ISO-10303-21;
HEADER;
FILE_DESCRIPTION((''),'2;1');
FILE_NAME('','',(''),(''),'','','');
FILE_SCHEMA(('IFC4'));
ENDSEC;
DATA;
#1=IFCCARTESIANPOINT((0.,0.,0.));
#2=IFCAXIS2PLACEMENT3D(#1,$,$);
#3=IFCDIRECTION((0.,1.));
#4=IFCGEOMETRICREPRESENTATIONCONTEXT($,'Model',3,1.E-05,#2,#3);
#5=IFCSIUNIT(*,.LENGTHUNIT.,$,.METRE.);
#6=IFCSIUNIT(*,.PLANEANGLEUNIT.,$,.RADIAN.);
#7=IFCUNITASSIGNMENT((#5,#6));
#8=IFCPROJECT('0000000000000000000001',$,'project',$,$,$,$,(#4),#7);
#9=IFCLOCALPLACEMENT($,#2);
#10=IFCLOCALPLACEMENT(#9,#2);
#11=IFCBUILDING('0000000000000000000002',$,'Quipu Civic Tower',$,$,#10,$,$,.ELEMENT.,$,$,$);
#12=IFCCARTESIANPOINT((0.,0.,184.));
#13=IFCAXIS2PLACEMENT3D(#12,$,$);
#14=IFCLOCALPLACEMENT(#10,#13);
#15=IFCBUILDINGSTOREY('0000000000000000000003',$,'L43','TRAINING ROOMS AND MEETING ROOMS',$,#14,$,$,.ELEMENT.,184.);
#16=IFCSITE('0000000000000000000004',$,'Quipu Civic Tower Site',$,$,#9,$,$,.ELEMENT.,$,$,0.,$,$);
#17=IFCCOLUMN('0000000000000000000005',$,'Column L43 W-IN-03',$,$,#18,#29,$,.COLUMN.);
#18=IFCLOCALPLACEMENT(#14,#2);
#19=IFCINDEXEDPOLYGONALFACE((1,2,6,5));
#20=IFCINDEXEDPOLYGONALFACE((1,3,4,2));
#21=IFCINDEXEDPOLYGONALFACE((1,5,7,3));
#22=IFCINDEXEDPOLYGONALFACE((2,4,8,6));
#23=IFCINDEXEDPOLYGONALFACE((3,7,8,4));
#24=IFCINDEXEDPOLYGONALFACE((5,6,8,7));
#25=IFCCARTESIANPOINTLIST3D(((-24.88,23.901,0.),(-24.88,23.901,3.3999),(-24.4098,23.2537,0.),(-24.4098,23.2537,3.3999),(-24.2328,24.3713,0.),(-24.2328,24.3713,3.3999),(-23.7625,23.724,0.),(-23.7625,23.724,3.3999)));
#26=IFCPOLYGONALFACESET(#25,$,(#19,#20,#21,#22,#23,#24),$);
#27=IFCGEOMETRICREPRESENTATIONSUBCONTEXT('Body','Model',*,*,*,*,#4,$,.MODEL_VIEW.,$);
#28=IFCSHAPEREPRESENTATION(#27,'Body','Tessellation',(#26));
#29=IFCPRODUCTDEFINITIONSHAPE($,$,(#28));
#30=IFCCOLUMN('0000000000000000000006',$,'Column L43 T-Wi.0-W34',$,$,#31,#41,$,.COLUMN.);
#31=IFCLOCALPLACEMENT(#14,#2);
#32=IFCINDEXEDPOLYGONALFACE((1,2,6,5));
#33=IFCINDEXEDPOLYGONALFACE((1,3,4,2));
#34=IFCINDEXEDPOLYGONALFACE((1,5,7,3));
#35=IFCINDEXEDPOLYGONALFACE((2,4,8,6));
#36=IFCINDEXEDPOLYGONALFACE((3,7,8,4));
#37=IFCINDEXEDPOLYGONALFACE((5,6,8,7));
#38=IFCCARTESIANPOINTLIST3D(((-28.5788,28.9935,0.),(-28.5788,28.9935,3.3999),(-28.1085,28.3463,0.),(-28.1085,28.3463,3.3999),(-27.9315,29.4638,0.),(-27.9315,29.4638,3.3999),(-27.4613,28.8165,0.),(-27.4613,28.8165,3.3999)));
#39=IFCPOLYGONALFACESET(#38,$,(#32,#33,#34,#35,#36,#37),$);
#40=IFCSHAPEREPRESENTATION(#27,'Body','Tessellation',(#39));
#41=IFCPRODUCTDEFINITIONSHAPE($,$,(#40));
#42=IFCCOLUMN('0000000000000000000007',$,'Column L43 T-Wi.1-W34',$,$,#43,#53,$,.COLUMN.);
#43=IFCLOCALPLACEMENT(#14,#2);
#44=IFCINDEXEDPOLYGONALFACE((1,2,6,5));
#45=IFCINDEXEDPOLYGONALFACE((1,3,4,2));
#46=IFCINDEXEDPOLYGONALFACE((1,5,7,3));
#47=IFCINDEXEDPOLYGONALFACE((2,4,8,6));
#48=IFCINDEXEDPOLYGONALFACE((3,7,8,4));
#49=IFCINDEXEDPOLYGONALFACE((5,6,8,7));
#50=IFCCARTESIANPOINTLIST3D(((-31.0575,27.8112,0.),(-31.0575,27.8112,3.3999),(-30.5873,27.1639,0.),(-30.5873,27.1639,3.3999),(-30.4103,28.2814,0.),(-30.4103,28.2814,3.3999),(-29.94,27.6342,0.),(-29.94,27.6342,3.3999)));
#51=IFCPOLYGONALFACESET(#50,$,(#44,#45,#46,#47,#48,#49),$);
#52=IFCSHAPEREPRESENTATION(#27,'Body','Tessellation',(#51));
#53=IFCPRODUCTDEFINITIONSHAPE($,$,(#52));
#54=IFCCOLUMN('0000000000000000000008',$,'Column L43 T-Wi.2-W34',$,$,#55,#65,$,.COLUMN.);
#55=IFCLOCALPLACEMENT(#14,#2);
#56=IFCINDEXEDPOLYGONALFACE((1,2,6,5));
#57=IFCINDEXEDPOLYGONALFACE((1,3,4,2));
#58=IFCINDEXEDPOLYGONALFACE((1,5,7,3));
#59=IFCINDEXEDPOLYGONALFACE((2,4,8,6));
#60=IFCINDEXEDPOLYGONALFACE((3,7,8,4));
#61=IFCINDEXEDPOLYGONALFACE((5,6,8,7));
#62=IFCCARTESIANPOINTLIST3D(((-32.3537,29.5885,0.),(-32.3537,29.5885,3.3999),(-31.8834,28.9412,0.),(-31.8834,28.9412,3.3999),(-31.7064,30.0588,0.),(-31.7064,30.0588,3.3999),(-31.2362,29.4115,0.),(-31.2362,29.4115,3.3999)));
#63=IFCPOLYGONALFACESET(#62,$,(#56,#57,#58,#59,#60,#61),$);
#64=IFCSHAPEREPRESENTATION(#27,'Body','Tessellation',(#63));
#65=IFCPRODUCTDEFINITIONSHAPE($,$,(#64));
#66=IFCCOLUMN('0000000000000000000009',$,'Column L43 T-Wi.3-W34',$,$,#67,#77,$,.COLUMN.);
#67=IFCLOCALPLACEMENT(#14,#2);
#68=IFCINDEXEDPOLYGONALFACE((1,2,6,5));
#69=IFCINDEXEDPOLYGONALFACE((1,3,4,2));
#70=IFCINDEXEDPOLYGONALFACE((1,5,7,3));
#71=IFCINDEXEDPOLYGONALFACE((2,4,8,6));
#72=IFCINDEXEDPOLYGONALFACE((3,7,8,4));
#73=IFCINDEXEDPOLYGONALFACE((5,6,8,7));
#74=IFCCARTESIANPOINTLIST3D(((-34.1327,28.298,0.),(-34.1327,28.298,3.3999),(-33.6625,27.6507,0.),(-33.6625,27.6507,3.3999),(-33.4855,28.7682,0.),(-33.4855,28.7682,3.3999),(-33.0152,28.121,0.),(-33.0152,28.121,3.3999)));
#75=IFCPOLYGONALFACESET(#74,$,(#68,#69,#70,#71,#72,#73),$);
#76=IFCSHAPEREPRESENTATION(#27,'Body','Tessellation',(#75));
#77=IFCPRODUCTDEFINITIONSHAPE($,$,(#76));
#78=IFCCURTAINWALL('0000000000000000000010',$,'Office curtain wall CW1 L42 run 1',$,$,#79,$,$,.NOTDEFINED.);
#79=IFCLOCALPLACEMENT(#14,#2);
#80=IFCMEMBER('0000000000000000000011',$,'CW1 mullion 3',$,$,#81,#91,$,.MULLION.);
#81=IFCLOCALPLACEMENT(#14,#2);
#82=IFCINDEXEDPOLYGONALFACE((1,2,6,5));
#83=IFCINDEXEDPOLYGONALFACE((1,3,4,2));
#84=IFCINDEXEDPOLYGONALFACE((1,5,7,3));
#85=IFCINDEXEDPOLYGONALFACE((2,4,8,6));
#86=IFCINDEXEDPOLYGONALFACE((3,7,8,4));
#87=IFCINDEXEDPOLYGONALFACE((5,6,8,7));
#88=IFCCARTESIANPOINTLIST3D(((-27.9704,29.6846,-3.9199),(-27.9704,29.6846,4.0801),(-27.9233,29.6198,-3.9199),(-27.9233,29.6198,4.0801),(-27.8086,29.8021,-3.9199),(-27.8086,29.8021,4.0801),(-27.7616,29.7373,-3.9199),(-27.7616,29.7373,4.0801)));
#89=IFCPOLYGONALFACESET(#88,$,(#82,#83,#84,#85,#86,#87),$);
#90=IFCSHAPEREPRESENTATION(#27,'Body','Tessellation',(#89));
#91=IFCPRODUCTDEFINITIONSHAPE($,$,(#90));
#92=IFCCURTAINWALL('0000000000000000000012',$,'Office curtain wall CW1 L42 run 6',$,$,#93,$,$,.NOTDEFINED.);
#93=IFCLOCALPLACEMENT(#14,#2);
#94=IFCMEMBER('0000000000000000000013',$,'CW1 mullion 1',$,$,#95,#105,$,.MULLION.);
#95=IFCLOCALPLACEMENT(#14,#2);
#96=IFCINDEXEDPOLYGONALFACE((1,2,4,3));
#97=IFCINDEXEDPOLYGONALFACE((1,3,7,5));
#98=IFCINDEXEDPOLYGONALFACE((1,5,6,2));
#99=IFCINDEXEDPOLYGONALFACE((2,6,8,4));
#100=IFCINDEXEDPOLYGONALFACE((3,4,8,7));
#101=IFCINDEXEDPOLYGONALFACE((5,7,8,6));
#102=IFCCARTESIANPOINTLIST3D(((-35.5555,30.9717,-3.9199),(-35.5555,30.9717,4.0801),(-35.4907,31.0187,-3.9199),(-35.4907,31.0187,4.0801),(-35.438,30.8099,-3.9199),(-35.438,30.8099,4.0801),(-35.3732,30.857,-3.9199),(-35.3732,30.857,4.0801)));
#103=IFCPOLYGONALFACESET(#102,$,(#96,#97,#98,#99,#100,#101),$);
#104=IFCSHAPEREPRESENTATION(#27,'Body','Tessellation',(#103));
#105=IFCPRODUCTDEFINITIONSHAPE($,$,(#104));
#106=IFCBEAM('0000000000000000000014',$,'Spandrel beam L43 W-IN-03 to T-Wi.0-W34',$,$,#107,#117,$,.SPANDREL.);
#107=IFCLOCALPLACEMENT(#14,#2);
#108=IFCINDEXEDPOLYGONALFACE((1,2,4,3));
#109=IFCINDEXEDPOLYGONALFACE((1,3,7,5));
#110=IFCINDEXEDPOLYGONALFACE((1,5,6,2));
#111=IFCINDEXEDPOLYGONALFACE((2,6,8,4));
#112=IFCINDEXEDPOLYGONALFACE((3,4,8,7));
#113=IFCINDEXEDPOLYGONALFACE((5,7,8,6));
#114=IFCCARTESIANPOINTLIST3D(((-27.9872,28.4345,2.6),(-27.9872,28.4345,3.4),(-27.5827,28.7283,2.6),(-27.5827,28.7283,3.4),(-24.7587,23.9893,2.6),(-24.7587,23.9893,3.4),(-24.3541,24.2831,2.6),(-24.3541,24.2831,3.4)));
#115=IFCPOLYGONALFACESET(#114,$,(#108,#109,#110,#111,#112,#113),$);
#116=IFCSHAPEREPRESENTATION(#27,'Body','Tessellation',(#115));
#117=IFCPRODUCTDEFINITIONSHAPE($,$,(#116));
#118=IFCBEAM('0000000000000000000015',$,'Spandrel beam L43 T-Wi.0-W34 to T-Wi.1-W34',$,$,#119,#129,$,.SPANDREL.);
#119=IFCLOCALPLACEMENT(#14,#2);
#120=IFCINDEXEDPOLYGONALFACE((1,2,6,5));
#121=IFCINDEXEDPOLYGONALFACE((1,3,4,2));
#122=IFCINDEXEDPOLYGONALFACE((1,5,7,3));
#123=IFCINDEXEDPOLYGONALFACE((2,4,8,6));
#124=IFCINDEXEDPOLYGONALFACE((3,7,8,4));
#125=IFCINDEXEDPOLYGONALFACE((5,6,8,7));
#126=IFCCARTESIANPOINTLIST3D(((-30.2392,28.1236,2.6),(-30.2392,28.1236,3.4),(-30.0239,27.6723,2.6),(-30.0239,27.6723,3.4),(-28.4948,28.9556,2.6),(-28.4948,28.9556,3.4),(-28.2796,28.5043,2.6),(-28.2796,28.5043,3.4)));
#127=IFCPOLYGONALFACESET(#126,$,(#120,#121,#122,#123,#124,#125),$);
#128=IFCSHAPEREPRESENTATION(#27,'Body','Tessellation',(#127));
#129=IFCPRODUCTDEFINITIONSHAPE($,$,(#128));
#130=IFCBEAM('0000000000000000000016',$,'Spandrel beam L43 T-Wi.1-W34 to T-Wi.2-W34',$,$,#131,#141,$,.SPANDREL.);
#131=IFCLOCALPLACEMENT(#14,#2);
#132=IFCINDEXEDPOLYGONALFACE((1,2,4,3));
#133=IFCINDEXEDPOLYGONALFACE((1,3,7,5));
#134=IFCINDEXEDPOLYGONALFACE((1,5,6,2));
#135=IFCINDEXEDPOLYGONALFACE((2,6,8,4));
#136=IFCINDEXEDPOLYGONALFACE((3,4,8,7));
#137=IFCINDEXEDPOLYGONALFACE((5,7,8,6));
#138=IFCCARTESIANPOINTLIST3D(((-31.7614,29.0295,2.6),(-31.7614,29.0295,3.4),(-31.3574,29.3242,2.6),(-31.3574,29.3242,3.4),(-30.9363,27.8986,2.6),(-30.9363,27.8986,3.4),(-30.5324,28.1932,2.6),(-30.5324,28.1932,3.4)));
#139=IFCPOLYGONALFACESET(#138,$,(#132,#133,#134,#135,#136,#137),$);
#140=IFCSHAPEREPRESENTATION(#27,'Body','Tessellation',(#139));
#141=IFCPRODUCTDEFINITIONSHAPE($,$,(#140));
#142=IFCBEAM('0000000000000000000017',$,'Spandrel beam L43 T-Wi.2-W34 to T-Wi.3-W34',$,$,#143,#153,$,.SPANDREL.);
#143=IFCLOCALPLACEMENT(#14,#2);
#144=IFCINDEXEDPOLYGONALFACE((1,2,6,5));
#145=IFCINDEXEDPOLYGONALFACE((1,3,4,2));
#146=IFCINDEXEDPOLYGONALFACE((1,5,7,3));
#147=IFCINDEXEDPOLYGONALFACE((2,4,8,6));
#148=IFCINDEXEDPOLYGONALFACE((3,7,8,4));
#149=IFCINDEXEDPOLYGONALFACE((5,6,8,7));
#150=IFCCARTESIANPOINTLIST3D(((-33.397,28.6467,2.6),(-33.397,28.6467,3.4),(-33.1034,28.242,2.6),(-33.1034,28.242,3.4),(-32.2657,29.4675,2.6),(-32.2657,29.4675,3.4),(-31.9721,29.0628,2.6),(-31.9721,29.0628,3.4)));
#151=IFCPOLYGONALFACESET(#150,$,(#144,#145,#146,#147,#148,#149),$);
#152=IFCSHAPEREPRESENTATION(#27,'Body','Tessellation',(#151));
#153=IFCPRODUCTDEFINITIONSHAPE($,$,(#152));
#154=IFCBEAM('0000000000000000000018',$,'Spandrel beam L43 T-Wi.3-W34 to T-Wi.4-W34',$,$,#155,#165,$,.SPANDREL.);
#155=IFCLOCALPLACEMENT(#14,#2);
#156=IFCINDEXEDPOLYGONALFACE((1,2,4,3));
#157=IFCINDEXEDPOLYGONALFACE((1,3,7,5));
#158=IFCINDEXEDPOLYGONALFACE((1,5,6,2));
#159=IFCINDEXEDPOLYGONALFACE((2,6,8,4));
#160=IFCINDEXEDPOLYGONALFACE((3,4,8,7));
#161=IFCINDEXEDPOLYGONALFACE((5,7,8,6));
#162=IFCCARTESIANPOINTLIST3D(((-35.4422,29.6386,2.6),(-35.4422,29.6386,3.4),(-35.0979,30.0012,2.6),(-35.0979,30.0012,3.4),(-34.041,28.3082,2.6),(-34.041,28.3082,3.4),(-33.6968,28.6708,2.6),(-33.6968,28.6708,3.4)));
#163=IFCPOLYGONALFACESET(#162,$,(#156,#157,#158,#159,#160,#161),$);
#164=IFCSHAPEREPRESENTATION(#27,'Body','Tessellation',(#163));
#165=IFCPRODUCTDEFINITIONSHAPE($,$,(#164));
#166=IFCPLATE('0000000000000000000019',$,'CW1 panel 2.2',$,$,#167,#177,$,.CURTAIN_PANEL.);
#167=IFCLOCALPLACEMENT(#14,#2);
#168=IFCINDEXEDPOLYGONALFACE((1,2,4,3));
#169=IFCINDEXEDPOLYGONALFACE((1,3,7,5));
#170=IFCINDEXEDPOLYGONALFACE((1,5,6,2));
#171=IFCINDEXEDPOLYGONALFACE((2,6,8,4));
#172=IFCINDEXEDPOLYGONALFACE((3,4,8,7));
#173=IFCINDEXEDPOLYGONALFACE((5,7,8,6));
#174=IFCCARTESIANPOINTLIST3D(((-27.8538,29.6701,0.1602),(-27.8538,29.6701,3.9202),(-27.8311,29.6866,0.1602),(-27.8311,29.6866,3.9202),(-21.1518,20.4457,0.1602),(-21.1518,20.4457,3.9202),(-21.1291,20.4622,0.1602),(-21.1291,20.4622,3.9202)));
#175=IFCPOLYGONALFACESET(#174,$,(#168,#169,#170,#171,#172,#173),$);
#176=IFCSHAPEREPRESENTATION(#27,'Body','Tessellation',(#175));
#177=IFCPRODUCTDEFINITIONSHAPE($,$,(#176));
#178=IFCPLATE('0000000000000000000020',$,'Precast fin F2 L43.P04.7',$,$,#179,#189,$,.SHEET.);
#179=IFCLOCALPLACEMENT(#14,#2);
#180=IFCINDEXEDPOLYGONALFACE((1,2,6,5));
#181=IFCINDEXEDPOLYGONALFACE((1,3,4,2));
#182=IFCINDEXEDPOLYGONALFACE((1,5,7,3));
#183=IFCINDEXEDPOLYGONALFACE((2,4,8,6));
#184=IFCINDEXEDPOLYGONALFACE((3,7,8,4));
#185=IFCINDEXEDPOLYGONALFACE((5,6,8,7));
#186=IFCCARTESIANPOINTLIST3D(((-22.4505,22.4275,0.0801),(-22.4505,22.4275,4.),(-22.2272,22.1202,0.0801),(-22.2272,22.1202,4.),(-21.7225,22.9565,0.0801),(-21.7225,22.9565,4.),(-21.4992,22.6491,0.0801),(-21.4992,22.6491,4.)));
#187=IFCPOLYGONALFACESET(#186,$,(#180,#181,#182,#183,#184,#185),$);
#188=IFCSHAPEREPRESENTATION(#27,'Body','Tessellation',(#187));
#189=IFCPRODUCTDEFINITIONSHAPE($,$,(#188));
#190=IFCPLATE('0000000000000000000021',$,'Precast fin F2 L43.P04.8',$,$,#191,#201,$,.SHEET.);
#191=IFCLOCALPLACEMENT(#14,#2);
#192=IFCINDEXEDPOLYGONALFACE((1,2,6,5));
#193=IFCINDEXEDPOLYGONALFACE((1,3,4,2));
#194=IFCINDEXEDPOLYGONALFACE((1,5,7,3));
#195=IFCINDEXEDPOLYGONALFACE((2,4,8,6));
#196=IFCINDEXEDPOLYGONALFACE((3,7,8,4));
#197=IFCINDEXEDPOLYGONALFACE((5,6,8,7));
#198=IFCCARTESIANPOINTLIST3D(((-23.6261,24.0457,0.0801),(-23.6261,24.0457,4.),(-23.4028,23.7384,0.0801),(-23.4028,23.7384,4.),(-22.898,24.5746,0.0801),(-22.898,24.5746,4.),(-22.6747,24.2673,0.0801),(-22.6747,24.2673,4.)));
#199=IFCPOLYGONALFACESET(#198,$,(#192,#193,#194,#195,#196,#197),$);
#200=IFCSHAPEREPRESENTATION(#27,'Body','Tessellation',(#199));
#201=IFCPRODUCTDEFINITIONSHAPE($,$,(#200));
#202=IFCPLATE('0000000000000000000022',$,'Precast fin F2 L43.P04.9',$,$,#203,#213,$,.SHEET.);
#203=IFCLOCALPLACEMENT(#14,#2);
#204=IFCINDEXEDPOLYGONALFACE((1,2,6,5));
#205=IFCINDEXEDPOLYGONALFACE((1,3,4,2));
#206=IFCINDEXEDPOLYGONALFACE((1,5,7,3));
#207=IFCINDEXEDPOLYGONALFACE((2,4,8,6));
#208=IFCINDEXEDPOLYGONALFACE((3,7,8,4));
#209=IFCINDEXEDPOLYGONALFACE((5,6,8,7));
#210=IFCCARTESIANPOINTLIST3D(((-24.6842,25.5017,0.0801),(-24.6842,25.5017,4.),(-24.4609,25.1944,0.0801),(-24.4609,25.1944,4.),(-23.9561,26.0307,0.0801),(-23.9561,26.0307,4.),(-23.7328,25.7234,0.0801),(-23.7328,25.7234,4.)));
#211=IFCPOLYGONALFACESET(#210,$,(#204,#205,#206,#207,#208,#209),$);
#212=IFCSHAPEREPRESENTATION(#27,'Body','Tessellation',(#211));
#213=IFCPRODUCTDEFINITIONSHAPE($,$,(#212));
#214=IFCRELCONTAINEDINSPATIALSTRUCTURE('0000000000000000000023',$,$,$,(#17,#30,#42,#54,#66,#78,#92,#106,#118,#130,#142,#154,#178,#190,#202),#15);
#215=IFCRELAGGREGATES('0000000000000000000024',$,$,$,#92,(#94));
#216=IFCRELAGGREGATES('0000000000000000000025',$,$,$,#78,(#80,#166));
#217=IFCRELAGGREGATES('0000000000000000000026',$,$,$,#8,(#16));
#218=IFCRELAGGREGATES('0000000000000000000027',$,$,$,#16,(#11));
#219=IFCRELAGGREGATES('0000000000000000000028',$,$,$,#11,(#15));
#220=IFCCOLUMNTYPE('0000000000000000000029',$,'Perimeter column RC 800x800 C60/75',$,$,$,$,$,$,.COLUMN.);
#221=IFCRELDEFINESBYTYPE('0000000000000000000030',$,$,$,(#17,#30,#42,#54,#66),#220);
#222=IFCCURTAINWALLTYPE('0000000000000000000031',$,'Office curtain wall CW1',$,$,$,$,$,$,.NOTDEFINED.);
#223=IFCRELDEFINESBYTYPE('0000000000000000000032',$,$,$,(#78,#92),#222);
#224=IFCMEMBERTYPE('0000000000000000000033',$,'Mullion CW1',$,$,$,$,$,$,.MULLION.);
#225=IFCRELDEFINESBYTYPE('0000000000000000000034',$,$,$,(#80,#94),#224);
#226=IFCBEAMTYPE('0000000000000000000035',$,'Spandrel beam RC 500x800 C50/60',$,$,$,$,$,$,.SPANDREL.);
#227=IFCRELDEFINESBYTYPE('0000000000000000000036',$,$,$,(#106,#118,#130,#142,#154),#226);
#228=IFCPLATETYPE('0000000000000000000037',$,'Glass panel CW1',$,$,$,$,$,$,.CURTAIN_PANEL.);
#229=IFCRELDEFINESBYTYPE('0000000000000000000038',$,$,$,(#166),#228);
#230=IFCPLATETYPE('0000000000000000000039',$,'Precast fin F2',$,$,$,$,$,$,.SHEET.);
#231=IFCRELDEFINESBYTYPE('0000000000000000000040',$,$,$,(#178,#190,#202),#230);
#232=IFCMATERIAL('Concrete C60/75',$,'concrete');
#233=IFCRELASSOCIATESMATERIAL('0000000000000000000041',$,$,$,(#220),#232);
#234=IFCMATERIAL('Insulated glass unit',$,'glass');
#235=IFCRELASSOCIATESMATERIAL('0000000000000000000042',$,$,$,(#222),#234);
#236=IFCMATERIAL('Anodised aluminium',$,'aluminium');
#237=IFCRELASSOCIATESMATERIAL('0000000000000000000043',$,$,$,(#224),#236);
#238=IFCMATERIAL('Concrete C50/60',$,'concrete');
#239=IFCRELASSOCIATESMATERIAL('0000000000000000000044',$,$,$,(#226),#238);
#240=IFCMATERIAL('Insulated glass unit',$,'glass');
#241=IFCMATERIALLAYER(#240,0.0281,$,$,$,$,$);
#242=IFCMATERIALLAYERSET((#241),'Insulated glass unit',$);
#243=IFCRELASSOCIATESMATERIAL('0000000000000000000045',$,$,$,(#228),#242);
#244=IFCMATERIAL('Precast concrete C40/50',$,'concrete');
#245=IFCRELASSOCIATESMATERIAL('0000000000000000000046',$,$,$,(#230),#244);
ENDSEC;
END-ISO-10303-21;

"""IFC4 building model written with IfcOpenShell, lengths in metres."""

from ifc_helpers import new_model, si_unit, direction, frame, origin, origin_2d, place, context, subcontext, project, spatial, rectangle, extrude, material, layer, layer_set, material_profile, profile_set, type_object, element, aggregate, save


model = new_model("IFC4")

# Units and contexts
model_context = context("Model", 3, precision=1e-05, world=origin(), true_north=direction((0.0, 1.0)))
body_context = subcontext(model_context, "Body", "Model", "MODEL_VIEW")
ifc_project = project(units=[si_unit("LENGTHUNIT", "METRE"), si_unit("PLANEANGLEUNIT", "RADIAN")], contexts=[model_context])

# Site, building, storey
site_placement = place(None, origin())
site = spatial("IfcSite", under=ifc_project, at=site_placement, Name="Quipu Civic Tower Site", CompositionType="ELEMENT", RefElevation=0.0)
building_placement = place(site_placement, origin())
building = spatial("IfcBuilding", under=site, at=building_placement, Name="Quipu Civic Tower", CompositionType="ELEMENT")
storey_placement = place(building_placement, frame((0.0, 0.0, 184.0)))
storey = spatial("IfcBuildingStorey", under=building, at=storey_placement, Name="L43", Description="TRAINING ROOMS AND MEETING ROOMS", CompositionType="ELEMENT", Elevation=184.0)

# Columns
ifc_material_1 = material(Name="Concrete C60/75", Category="concrete")
ifc_material_profile_1 = material_profile(ifc_material_1, rectangle(XDim=0.8, YDim=0.8, at=origin_2d()), Name="RC800x800")
ifc_profile_set_1 = profile_set([ifc_material_profile_1], Name="Concrete C60/75")
column_type = type_object("IfcColumnType", Name="Perimeter column RC 800x800 C60/75", PredefinedType="COLUMN", material=ifc_profile_set_1)
for number, where, z_axis, x_axis, name in (
    (1, (-24.3213, 23.8125, 0.0), (0.0, 0.0, 1.0), (-0.587785, 0.809017, 0.0), "Column L43 W-IN-03"),
    (2, (-28.02, 28.905, 0.0), (0.0, 0.0, 1.0), (-0.809017, -0.587785, 0.0), "Column L43 T-Wi.0-W34"),
    (3, (-30.4988, 27.7227, 0.0), (0.0, 0.0, 1.0), (-0.809017, -0.587785, 0.0), "Column L43 T-Wi.1-W34"),
    (4, (-31.7949, 29.5, 0.0), (0.0, 0.0, 1.0), (-0.587785, 0.809017, 0.0), "Column L43 T-Wi.2-W34"),
    (5, (-33.574, 28.2095, 0.0), (0.0, 0.0, 1.0), (-0.587785, 0.809017, 0.0), "Column L43 T-Wi.3-W34"),
):
    element("IfcColumn", number, at=place(storey_placement, frame(where, z_axis=z_axis, x_axis=x_axis)), inside=storey, type_object=column_type, Name=name, PredefinedType="COLUMN", context=body_context, shape_type="SweptSolid", body=[
        extrude(rectangle(XDim=0.8, YDim=0.8, at=origin_2d()), origin(), (0.0, 0.0, 1.0), 3.3999),
    ])

# Curtain walls, members
ifc_material_2 = material(Name="Insulated glass unit", Category="glass")
curtain_wall_type = type_object("IfcCurtainWallType", Name="Office curtain wall CW1", PredefinedType="NOTDEFINED", material=ifc_material_2)
curtain_wall_1_placement = place(storey_placement, origin())
curtain_wall_1 = element("IfcCurtainWall", 6, at=curtain_wall_1_placement, inside=storey, type_object=curtain_wall_type, Name="Office curtain wall CW1 L42 run 1", PredefinedType="NOTDEFINED")
ifc_material_3 = material(Name="Anodised aluminium", Category="aluminium")
ifc_material_profile_2 = material_profile(ifc_material_3, rectangle(XDim=0.2, YDim=0.0801, at=origin_2d()), Name="RECT 200x80")
ifc_profile_set_2 = profile_set([ifc_material_profile_2], Name="Anodised aluminium")
member_type = type_object("IfcMemberType", Name="Mullion CW1", PredefinedType="MULLION", material=ifc_profile_set_2)
member_1_placement = place(storey_placement, frame((-27.866, 29.7109, -3.9199), z_axis=(0.0, 0.0, 1.0), x_axis=(-0.809014, -0.587789, 0.0)))
member_1 = element("IfcMember", 7, at=member_1_placement, type_object=member_type, Name="CW1 mullion 3", PredefinedType="MULLION", context=body_context, shape_type="SweptSolid", body=[
    extrude(rectangle(XDim=0.2, YDim=0.0801, at=origin_2d()), origin(), (0.0, 0.0, 1.0), 8.0),
])
curtain_wall_2_placement = place(storey_placement, origin())
curtain_wall_2 = element("IfcCurtainWall", 8, at=curtain_wall_2_placement, inside=storey, type_object=curtain_wall_type, Name="Office curtain wall CW1 L42 run 6", PredefinedType="NOTDEFINED")
member_2_placement = place(storey_placement, frame((-35.4644, 30.9143, -3.9199), z_axis=(0.0, 0.0, 1.0), x_axis=(0.587788, -0.809015, 0.0)))
member_2 = element("IfcMember", 9, at=member_2_placement, type_object=member_type, Name="CW1 mullion 1", PredefinedType="MULLION", context=body_context, shape_type="SweptSolid", body=[
    extrude(rectangle(XDim=0.2, YDim=0.0801, at=origin_2d()), origin(), (0.0, 0.0, 1.0), 8.0),
])
aggregate(curtain_wall_2, [member_2])

# Beams
ifc_material_4 = material(Name="Concrete C50/60", Category="concrete")
ifc_material_profile_3 = material_profile(ifc_material_4, rectangle(XDim=0.5, YDim=0.8, at=origin_2d()), Name="RC500x800")
ifc_profile_set_3 = profile_set([ifc_material_profile_3], Name="Concrete C50/60")
beam_type = type_object("IfcBeamType", Name="Spandrel beam RC 500x800 C50/60", PredefinedType="SPANDREL", material=ifc_profile_set_3)
beam_1_placement = place(storey_placement, frame((-24.5564, 24.1362, 3.0), z_axis=(-0.587664, 0.809105, 0.0), x_axis=(-0.809105, -0.587664, 0.0)))
element("IfcBeam", 10, at=beam_1_placement, inside=storey, type_object=beam_type, Name="Spandrel beam L43 W-IN-03 to T-Wi.0-W34", PredefinedType="SPANDREL", context=body_context, shape_type="SweptSolid", body=[
    extrude(rectangle(XDim=0.5, YDim=0.8, at=origin_2d()), origin(), (0.0, 0.0, 1.0), 5.4939),
])
beam_2_placement = place(storey_placement, frame((-28.3872, 28.73, 3.0), z_axis=(-0.902585, -0.430512, 0.0), x_axis=(0.430512, -0.902585, 0.0)))
element("IfcBeam", 11, at=beam_2_placement, inside=storey, type_object=beam_type, Name="Spandrel beam L43 T-Wi.0-W34 to T-Wi.1-W34", PredefinedType="SPANDREL", context=body_context, shape_type="SweptSolid", body=[
    extrude(rectangle(XDim=0.5, YDim=0.8, at=origin_2d()), origin(), (0.0, 0.0, 1.0), 1.9326),
])
beam_3_placement = place(storey_placement, frame((-30.7344, 28.0459, 3.0), z_axis=(-0.589343, 0.807883, 0.0), x_axis=(-0.807883, -0.589343, 0.0)))
element("IfcBeam", 12, at=beam_3_placement, inside=storey, type_object=beam_type, Name="Spandrel beam L43 T-Wi.1-W34 to T-Wi.2-W34", PredefinedType="SPANDREL", context=body_context, shape_type="SweptSolid", body=[
    extrude(rectangle(XDim=0.5, YDim=0.8, at=origin_2d()), origin(), (0.0, 0.0, 1.0), 1.3999),
])
beam_4_placement = place(storey_placement, frame((-32.1189, 29.2651, 3.0), z_axis=(-0.809415, -0.587237, 0.0), x_axis=(0.587237, -0.809415, 0.0)))
element("IfcBeam", 13, at=beam_4_placement, inside=storey, type_object=beam_type, Name="Spandrel beam L43 T-Wi.2-W34 to T-Wi.3-W34", PredefinedType="SPANDREL", context=body_context, shape_type="SweptSolid", body=[
    extrude(rectangle(XDim=0.5, YDim=0.8, at=origin_2d()), origin(), (0.0, 0.0, 1.0), 1.3977),
])
beam_5_placement = place(storey_placement, frame((-33.8689, 28.4895, 3.0), z_axis=(-0.725192, 0.688547, 0.0), x_axis=(-0.688547, -0.725192, 0.0)))
element("IfcBeam", 14, at=beam_5_placement, inside=storey, type_object=beam_type, Name="Spandrel beam L43 T-Wi.3-W34 to T-Wi.4-W34", PredefinedType="SPANDREL", context=body_context, shape_type="SweptSolid", body=[
    extrude(rectangle(XDim=0.5, YDim=0.8, at=origin_2d()), origin(), (0.0, 0.0, 1.0), 1.9321),
])

# Plate
ifc_material_5 = material(Name="Insulated glass unit", Category="glass")
ifc_layer_1 = layer(ifc_material_5, 0.0281)
ifc_layer_set_1 = layer_set([ifc_layer_1], Name="Insulated glass unit")
plate_type_1 = type_object("IfcPlateType", Name="Glass panel CW1", PredefinedType="CURTAIN_PANEL", material=ifc_layer_set_1)
plate_placement = place(storey_placement, frame((-24.4915, 25.0662, 0.1602), z_axis=(0.0, 0.0, 1.0), x_axis=(-0.587789, 0.809014, 0.0)))
plate = element("IfcPlate", 15, at=plate_placement, type_object=plate_type_1, Name="CW1 panel 2.2", PredefinedType="CURTAIN_PANEL", context=body_context, shape_type="SweptSolid", body=[
    extrude(rectangle(XDim=11.4021, YDim=0.0281, at=origin_2d()), origin(), (0.0, 0.0, 1.0), 3.76),
])
aggregate(curtain_wall_1, [member_1, plate])

# Plates
ifc_material_6 = material(Name="Precast concrete C40/50", Category="concrete")
plate_type_2 = type_object("IfcPlateType", Name="Precast fin F2", PredefinedType="SHEET", material=ifc_material_6)
for number, where, z_axis, x_axis, name in (
    (16, (-21.9749, 22.5383, 0.0801), (0.0, 0.0, 1.0), (-0.587787, 0.809016, 0.0), "Precast fin F2 L43.P04.7"),
    (17, (-23.1504, 24.1565, 0.0801), (0.0, 0.0, 1.0), (-0.587787, 0.809016, 0.0), "Precast fin F2 L43.P04.8"),
    (18, (-24.2085, 25.6125, 0.0801), (0.0, 0.0, 1.0), (-0.587787, 0.809016, 0.0), "Precast fin F2 L43.P04.9"),
):
    element("IfcPlate", number, at=place(storey_placement, frame(where, z_axis=z_axis, x_axis=x_axis)), inside=storey, type_object=plate_type_2, Name=name, PredefinedType="SHEET", context=body_context, shape_type="SweptSolid", body=[
        extrude(rectangle(XDim=0.3799, YDim=0.8999, at=origin_2d()), origin(), (0.0, 0.0, 1.0), 3.9199),
    ])

save(model, "model.ifc")
